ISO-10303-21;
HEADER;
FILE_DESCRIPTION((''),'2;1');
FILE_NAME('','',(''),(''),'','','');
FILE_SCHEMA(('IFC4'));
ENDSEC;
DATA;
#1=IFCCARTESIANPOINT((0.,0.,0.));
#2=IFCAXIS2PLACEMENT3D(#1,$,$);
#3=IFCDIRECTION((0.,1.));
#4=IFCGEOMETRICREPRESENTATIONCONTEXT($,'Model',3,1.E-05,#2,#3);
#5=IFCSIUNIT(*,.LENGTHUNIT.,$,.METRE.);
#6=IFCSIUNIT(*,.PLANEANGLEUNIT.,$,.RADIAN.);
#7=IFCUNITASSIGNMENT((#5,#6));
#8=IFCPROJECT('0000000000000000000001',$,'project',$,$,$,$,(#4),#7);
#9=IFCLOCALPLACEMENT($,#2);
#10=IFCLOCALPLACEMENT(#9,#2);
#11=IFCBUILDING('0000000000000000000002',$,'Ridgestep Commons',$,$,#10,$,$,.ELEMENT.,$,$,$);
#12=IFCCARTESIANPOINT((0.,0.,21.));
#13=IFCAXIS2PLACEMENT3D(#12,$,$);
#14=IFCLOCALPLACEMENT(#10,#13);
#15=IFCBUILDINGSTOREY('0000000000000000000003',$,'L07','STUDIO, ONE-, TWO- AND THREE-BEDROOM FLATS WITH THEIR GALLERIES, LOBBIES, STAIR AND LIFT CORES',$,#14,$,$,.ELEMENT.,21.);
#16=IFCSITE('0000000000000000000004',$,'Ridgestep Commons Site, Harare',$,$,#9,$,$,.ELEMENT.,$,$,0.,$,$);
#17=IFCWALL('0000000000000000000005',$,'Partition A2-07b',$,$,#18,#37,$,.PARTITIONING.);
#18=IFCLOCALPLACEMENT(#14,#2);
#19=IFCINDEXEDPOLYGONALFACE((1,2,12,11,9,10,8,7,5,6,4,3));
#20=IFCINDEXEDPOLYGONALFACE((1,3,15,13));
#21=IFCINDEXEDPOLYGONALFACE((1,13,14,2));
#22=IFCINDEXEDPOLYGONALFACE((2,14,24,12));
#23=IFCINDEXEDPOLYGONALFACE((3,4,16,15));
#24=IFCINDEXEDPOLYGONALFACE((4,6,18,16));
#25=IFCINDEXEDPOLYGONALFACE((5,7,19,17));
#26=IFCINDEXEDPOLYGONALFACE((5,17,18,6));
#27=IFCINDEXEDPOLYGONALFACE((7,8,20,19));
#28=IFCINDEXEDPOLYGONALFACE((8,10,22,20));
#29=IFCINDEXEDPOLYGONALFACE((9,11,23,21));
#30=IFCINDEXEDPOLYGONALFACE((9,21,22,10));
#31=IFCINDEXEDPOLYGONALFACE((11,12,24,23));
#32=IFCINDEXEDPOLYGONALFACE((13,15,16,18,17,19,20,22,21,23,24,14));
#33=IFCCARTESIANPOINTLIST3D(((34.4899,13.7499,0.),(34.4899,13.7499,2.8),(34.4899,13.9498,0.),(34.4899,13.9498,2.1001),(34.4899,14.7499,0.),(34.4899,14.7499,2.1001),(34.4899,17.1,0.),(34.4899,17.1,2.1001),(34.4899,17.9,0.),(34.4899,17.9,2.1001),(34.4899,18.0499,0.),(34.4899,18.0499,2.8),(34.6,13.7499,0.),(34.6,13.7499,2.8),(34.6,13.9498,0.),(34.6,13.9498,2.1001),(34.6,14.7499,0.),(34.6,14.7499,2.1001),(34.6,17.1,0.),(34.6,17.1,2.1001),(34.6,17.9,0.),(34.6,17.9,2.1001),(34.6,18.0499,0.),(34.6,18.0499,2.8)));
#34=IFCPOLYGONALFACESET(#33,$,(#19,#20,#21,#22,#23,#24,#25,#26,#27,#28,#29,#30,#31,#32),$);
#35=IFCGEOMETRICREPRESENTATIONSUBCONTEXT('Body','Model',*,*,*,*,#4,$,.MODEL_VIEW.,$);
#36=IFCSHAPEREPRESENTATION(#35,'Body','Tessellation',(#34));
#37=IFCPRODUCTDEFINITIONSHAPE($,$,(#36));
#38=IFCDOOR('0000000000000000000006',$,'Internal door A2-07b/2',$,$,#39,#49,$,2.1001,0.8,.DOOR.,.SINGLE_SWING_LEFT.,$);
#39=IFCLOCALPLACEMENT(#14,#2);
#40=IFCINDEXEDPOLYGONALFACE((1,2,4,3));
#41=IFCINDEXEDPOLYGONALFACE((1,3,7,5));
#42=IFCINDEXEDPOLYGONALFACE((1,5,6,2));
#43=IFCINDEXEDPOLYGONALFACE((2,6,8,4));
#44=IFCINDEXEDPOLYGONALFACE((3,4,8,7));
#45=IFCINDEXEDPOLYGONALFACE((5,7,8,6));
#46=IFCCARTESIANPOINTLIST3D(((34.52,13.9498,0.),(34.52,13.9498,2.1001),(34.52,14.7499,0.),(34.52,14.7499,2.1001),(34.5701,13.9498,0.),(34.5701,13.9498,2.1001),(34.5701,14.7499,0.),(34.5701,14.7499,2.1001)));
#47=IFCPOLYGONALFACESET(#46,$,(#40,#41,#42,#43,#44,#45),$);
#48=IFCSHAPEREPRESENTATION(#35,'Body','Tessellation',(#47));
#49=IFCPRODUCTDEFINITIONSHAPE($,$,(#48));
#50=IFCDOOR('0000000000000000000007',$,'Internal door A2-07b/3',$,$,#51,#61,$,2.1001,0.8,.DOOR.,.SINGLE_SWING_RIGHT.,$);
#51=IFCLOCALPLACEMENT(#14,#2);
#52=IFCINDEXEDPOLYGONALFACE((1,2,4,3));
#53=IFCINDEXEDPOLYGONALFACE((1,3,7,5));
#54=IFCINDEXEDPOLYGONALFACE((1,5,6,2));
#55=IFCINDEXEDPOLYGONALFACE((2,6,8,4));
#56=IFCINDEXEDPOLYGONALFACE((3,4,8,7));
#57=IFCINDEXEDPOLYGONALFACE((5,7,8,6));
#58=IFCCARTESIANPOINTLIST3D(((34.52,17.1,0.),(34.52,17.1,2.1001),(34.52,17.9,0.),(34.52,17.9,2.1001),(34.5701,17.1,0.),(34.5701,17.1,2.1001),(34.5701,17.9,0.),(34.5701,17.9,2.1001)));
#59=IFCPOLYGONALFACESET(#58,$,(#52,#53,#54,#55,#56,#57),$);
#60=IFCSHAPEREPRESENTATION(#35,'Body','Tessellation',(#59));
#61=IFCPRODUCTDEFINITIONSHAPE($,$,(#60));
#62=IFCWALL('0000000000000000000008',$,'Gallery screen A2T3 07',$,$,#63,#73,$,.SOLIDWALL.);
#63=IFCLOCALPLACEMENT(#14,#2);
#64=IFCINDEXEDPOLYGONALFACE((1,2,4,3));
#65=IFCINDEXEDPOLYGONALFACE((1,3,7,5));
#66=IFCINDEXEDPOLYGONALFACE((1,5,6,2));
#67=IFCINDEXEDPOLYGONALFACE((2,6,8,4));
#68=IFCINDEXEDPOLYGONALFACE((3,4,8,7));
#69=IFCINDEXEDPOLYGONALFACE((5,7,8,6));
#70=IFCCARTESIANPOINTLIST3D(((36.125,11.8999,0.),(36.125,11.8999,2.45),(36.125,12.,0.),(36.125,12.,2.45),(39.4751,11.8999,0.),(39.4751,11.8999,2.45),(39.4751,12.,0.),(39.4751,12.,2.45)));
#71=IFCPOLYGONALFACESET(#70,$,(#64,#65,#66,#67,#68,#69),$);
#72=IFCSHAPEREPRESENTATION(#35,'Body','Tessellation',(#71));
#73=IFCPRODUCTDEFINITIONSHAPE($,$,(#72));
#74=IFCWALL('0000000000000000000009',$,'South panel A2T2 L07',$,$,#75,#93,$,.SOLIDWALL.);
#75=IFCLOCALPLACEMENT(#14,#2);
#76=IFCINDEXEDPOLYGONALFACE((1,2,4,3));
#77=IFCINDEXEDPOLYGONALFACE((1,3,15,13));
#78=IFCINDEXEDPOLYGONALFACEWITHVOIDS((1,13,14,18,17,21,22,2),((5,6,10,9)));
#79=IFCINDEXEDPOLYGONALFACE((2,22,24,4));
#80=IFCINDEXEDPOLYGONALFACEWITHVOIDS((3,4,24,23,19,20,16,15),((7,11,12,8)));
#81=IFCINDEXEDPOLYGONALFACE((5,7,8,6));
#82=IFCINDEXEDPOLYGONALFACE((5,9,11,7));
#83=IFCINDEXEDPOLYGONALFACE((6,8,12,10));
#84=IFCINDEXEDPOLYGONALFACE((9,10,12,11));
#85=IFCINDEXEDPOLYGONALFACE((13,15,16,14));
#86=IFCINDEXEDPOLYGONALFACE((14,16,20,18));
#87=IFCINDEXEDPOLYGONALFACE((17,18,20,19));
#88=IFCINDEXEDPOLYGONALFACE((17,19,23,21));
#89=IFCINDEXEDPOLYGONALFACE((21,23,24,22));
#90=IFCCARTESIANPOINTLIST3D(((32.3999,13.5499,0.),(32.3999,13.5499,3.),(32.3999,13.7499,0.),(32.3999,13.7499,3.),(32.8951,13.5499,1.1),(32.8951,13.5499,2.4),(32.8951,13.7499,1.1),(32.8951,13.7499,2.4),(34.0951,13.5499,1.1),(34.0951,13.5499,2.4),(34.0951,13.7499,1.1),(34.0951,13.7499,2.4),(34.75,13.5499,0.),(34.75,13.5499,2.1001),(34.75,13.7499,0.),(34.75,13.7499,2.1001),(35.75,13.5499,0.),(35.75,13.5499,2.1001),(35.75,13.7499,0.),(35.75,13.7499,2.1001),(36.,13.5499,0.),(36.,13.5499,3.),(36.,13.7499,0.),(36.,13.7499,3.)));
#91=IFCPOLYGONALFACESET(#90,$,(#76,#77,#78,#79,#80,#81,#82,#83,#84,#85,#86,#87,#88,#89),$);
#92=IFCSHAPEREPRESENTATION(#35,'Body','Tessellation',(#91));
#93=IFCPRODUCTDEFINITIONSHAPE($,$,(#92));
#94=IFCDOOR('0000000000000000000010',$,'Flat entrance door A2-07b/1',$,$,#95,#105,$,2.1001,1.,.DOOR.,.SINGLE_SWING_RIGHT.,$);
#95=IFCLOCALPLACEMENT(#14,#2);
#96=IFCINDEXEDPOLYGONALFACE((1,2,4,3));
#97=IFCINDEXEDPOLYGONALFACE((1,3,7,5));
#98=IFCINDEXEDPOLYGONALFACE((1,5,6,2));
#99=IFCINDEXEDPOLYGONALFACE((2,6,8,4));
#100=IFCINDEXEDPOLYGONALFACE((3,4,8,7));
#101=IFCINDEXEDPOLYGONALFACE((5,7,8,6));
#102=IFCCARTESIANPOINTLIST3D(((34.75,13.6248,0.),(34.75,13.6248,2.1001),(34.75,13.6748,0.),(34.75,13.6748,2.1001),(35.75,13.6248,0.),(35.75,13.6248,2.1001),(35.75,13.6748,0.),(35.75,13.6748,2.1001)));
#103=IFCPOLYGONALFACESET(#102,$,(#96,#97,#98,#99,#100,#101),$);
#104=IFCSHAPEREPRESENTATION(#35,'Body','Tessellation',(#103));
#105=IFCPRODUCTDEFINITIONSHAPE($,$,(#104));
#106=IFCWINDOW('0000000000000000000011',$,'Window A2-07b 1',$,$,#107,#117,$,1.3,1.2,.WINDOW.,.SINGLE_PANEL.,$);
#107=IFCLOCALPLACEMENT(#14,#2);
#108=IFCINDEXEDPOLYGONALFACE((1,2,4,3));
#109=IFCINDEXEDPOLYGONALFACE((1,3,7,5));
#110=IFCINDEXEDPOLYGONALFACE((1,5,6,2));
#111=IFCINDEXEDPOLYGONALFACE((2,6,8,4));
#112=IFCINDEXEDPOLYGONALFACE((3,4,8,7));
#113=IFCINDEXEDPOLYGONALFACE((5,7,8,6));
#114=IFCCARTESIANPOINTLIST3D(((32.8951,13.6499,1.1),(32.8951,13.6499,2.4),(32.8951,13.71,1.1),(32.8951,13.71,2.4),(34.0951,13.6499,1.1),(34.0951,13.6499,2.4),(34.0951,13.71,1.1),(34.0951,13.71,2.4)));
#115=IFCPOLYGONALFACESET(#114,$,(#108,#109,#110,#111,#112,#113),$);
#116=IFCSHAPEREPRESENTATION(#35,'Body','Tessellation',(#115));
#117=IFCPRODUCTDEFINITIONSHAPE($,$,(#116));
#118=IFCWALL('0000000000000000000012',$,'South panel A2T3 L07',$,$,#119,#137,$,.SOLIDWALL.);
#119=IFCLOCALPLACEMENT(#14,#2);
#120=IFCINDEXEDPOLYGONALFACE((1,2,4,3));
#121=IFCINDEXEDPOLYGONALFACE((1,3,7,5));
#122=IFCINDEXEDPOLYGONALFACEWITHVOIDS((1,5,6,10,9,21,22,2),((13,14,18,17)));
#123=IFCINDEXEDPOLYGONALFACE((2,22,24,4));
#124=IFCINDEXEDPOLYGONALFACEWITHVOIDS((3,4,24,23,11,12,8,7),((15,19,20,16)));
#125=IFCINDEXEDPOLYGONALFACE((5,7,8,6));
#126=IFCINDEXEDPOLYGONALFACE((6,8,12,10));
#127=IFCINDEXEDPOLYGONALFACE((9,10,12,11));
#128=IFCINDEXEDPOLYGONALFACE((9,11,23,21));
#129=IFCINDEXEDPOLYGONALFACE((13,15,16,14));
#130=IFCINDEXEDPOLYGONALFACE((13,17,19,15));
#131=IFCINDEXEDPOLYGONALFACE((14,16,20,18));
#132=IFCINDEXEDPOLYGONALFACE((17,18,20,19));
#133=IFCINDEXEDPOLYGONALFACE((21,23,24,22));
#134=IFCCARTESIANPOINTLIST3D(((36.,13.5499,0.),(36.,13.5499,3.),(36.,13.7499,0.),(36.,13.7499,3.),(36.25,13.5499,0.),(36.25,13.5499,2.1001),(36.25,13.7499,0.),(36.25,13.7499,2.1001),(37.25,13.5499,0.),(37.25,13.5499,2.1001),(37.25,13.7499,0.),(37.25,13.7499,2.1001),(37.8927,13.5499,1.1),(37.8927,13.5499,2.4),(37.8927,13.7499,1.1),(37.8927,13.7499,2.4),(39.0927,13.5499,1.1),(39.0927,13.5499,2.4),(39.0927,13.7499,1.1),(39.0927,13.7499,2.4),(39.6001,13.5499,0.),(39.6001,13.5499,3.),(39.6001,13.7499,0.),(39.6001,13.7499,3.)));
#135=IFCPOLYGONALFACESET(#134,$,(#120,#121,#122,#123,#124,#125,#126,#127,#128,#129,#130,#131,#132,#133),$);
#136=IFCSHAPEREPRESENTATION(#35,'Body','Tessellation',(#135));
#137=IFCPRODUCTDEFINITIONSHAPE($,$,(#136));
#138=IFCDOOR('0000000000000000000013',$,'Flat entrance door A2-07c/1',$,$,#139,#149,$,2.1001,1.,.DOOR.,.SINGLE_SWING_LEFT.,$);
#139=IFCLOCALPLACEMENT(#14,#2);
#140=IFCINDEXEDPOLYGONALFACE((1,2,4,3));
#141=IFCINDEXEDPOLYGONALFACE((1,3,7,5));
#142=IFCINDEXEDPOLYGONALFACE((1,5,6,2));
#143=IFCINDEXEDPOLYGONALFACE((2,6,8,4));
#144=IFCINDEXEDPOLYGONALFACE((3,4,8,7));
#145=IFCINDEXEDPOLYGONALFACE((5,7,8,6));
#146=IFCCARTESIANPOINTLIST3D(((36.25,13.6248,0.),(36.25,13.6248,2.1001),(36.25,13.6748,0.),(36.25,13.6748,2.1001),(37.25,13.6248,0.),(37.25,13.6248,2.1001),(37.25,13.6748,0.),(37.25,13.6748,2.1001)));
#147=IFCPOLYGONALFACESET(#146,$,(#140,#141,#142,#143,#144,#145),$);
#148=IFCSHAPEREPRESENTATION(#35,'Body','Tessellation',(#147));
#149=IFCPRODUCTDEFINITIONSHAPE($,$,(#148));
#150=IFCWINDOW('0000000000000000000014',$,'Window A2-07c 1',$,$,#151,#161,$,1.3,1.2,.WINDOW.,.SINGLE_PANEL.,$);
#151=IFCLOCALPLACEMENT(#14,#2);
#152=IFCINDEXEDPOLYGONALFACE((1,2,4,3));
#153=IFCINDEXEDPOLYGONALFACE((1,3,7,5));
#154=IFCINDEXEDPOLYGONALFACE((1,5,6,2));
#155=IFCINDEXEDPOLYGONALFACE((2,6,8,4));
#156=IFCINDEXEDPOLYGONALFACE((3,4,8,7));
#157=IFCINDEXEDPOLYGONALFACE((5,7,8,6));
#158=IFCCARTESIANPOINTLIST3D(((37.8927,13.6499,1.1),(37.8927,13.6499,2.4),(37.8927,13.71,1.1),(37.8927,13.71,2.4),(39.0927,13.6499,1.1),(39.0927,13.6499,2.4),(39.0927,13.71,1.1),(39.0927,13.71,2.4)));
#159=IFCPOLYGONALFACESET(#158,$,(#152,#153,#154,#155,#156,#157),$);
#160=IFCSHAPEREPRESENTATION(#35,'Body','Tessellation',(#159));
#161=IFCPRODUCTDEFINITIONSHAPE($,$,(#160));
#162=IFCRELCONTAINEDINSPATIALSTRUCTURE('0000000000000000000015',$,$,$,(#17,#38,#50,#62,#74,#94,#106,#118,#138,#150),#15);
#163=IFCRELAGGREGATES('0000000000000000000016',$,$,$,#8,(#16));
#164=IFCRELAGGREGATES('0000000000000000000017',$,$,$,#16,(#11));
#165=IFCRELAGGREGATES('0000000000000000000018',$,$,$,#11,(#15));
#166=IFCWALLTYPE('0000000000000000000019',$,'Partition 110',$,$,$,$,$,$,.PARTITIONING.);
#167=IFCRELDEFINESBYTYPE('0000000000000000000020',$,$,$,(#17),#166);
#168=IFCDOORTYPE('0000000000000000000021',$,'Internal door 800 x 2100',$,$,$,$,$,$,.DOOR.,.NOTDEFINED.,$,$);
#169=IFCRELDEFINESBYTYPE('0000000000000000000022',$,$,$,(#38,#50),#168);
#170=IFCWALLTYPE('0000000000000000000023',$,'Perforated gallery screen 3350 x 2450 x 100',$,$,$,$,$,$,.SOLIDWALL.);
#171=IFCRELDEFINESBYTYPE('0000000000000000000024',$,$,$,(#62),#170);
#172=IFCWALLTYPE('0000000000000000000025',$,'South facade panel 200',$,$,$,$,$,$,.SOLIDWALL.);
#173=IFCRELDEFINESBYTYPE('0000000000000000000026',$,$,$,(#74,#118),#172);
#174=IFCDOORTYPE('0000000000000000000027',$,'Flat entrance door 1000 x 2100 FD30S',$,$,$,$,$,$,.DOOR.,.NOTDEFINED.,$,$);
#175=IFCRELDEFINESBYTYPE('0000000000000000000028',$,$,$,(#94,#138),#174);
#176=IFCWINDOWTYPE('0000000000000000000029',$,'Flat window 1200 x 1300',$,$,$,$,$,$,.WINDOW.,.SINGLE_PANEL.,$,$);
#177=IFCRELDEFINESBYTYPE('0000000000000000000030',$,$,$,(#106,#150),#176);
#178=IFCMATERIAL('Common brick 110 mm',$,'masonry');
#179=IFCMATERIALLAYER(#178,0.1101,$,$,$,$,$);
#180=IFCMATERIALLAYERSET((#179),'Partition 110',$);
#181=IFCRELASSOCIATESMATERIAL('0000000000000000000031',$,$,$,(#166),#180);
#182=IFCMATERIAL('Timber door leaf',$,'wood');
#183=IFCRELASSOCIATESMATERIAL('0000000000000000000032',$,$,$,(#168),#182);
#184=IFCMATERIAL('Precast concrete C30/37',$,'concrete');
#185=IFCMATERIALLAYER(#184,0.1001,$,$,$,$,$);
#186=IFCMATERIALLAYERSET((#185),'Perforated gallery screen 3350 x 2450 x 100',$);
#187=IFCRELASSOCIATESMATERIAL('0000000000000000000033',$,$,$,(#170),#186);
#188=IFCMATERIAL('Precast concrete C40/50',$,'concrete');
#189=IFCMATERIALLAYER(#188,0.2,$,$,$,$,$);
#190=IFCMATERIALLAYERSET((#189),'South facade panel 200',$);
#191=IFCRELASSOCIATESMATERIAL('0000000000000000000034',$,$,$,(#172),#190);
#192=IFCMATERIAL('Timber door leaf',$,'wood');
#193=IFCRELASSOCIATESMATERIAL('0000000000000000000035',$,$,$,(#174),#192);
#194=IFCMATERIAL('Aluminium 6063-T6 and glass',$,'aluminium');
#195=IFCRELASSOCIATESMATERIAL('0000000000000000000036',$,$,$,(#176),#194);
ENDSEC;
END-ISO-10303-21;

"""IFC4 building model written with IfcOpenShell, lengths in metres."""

from ifc_helpers import new_model, si_unit, direction, frame, frame_2d, origin, place, context, subcontext, project, spatial, rectangle, extrude, material, layer, layer_set, type_object, element, fill, save


model = new_model("IFC4")

# Units and contexts
model_context = context("Model", 3, precision=1e-05, world=origin(), true_north=direction((0.0, 1.0)))
body_context = subcontext(model_context, "Body", "Model", "MODEL_VIEW")
ifc_project = project(units=[si_unit("LENGTHUNIT", "METRE"), si_unit("PLANEANGLEUNIT", "RADIAN")], contexts=[model_context])

# Site, building, storey
site_placement = place(None, origin())
site = spatial("IfcSite", under=ifc_project, at=site_placement, Name="Ridgestep Commons Site, Harare", CompositionType="ELEMENT", RefElevation=0.0)
building_placement = place(site_placement, origin())
building = spatial("IfcBuilding", under=site, at=building_placement, Name="Ridgestep Commons", CompositionType="ELEMENT")
storey_placement = place(building_placement, frame((0.0, 0.0, 21.0)))
storey = spatial("IfcBuildingStorey", under=building, at=storey_placement, Name="L07", Description="STUDIO, ONE-, TWO- AND THREE-BEDROOM FLATS WITH THEIR GALLERIES, LOBBIES, STAIR AND LIFT CORES", CompositionType="ELEMENT", Elevation=21.0)

# Wall, openings, doors
ifc_material_1 = material(Name="Common brick 110 mm", Category="masonry")
ifc_layer_1 = layer(ifc_material_1, 0.1101)
ifc_layer_set_1 = layer_set([ifc_layer_1], Name="Partition 110")
wall_type_1 = type_object("IfcWallType", Name="Partition 110", PredefinedType="PARTITIONING", material=ifc_layer_set_1)
ifc_material_2 = material(Name="Timber door leaf", Category="wood")
door_type_1 = type_object("IfcDoorType", Name="Internal door 800 x 2100", OperationType="NOTDEFINED", PredefinedType="DOOR", material=ifc_material_2)
wall_1_placement = place(storey_placement, frame((34.5449, 13.75, 0.0), z_axis=(0.0, 0.0, 1.0), x_axis=(0.0, 1.0, 0.0)))
wall_1 = element("IfcWall", 1, at=wall_1_placement, inside=storey, type_object=wall_type_1, Name="Partition A2-07b", PredefinedType="PARTITIONING", context=body_context, shape_type="SweptSolid", body=[
    extrude(rectangle(XDim=4.3, YDim=0.1101, at=frame_2d((2.1499, 0.0))), origin(), (0.0, 0.0, 1.0), 2.8),
])
opening_1_placement = place(wall_1_placement, frame((0.2, 0.0, 0.0)))
opening_1 = element("IfcOpeningElement", 2, at=opening_1_placement, cuts=wall_1, PredefinedType="OPENING", context=body_context, shape_type="SweptSolid", body=[
    extrude(rectangle(XDim=0.8, YDim=2.1001, at=frame_2d((0.3999, 1.05))), frame((0.0, 0.0649, 0.0), z_axis=(0.0, -1.0, 0.0), x_axis=(1.0, 0.0, 0.0)), (0.0, 0.0, 1.0), 0.1301),
])
opening_2_placement = place(wall_1_placement, frame((3.3501, 0.0, 0.0)))
opening_2 = element("IfcOpeningElement", 3, at=opening_2_placement, cuts=wall_1, PredefinedType="OPENING", context=body_context, shape_type="SweptSolid", body=[
    extrude(rectangle(XDim=0.8, YDim=2.1001, at=frame_2d((0.3999, 1.05))), frame((0.0, 0.0649, 0.0), z_axis=(0.0, -1.0, 0.0), x_axis=(1.0, 0.0, 0.0)), (0.0, 0.0, 1.0), 0.1301),
])
door_1_placement = place(opening_1_placement, origin())
door_1 = element("IfcDoor", 4, at=door_1_placement, inside=storey, type_object=door_type_1, Name="Internal door A2-07b/2", OperationType="SINGLE_SWING_LEFT", OverallHeight=2.1001, OverallWidth=0.8, PredefinedType="DOOR", context=body_context, shape_type="SweptSolid", body=[
    extrude(rectangle(XDim=0.8, YDim=2.1001, at=frame_2d((0.3999, 1.05))), frame((0.0, 0.0249, 0.0), z_axis=(0.0, -1.0, 0.0), x_axis=(1.0, 0.0, 0.0)), (0.0, 0.0, 1.0), 0.05),
])
fill(opening_1, door_1)
door_2_placement = place(opening_2_placement, origin())
door_2 = element("IfcDoor", 5, at=door_2_placement, inside=storey, type_object=door_type_1, Name="Internal door A2-07b/3", OperationType="SINGLE_SWING_RIGHT", OverallHeight=2.1001, OverallWidth=0.8, PredefinedType="DOOR", context=body_context, shape_type="SweptSolid", body=[
    extrude(rectangle(XDim=0.8, YDim=2.1001, at=frame_2d((0.3999, 1.05))), frame((0.0, 0.0249, 0.0), z_axis=(0.0, -1.0, 0.0), x_axis=(1.0, 0.0, 0.0)), (0.0, 0.0, 1.0), 0.05),
])
fill(opening_2, door_2)

# Wall
ifc_material_3 = material(Name="Precast concrete C30/37", Category="concrete")
ifc_layer_2 = layer(ifc_material_3, 0.1001)
ifc_layer_set_2 = layer_set([ifc_layer_2], Name="Perforated gallery screen 3350 x 2450 x 100")
wall_type_2 = type_object("IfcWallType", Name="Perforated gallery screen 3350 x 2450 x 100", PredefinedType="SOLIDWALL", material=ifc_layer_set_2)
wall_2_placement = place(storey_placement, frame((36.125, 11.95, 0.0), z_axis=(0.0, 0.0, 1.0), x_axis=(1.0, 0.0, 0.0)))
element("IfcWall", 6, at=wall_2_placement, inside=storey, type_object=wall_type_2, Name="Gallery screen A2T3 07", PredefinedType="SOLIDWALL", context=body_context, shape_type="SweptSolid", body=[
    extrude(rectangle(XDim=3.3501, YDim=0.1001, at=frame_2d((1.675, 0.0))), origin(), (0.0, 0.0, 1.0), 2.45),
])

# Walls, openings, doors, windows
ifc_material_4 = material(Name="Precast concrete C40/50", Category="concrete")
ifc_layer_3 = layer(ifc_material_4, 0.2)
ifc_layer_set_3 = layer_set([ifc_layer_3], Name="South facade panel 200")
wall_type_3 = type_object("IfcWallType", Name="South facade panel 200", PredefinedType="SOLIDWALL", material=ifc_layer_set_3)
wall_3_placement = place(storey_placement, frame((32.3999, 13.6499, 0.0), z_axis=(0.0, 0.0, 1.0), x_axis=(1.0, 0.0, 0.0)))
wall_3 = element("IfcWall", 7, at=wall_3_placement, inside=storey, type_object=wall_type_3, Name="South panel A2T2 L07", PredefinedType="SOLIDWALL", context=body_context, shape_type="SweptSolid", body=[
    extrude(rectangle(XDim=3.6001, YDim=0.2, at=frame_2d((1.8, 0.0))), origin(), (0.0, 0.0, 1.0), 3.0),
])
opening_3_placement = place(wall_3_placement, frame((0.4951, 0.0, 1.1001)))
opening_3 = element("IfcOpeningElement", 8, at=opening_3_placement, cuts=wall_3, PredefinedType="OPENING", context=body_context, shape_type="SweptSolid", body=[
    extrude(rectangle(XDim=1.2, YDim=1.3, at=frame_2d((0.6001, 0.6499))), frame((0.0, 0.1099, 0.0), z_axis=(0.0, -1.0, 0.0), x_axis=(1.0, 0.0, 0.0)), (0.0, 0.0, 1.0), 0.22),
])
opening_4_placement = place(wall_3_placement, frame((2.3501, 0.0, 0.0)))
opening_4 = element("IfcOpeningElement", 9, at=opening_4_placement, cuts=wall_3, PredefinedType="OPENING", context=body_context, shape_type="SweptSolid", body=[
    extrude(rectangle(XDim=1.0, YDim=2.1001, at=frame_2d((0.5, 1.05))), frame((0.0, 0.1099, 0.0), z_axis=(0.0, -1.0, 0.0), x_axis=(1.0, 0.0, 0.0)), (0.0, 0.0, 1.0), 0.22),
])
ifc_material_5 = material(Name="Timber door leaf", Category="wood")
door_type_2 = type_object("IfcDoorType", Name="Flat entrance door 1000 x 2100 FD30S", OperationType="NOTDEFINED", PredefinedType="DOOR", material=ifc_material_5)
door_3_placement = place(opening_4_placement, origin())
door_3 = element("IfcDoor", 10, at=door_3_placement, inside=storey, type_object=door_type_2, Name="Flat entrance door A2-07b/1", OperationType="SINGLE_SWING_RIGHT", OverallHeight=2.1001, OverallWidth=1.0, PredefinedType="DOOR", context=body_context, shape_type="SweptSolid", body=[
    extrude(rectangle(XDim=1.0, YDim=2.1001, at=frame_2d((0.5, 1.05))), frame((0.0, 0.0249, 0.0), z_axis=(0.0, -1.0, 0.0), x_axis=(1.0, 0.0, 0.0)), (0.0, 0.0, 1.0), 0.05),
])
fill(opening_4, door_3)
ifc_material_6 = material(Name="Aluminium 6063-T6 and glass", Category="aluminium")
window_type = type_object("IfcWindowType", Name="Flat window 1200 x 1300", PartitioningType="SINGLE_PANEL", PredefinedType="WINDOW", material=ifc_material_6)
window_1_placement = place(opening_3_placement, origin())
window_1 = element("IfcWindow", 11, at=window_1_placement, inside=storey, type_object=window_type, Name="Window A2-07b 1", OverallHeight=1.3, OverallWidth=1.2, PartitioningType="SINGLE_PANEL", PredefinedType="WINDOW", context=body_context, shape_type="SweptSolid", body=[
    extrude(rectangle(XDim=1.2, YDim=1.3, at=frame_2d((0.6001, 0.6499))), frame((0.0, 0.0601, 0.0), z_axis=(0.0, -1.0, 0.0), x_axis=(1.0, 0.0, 0.0)), (0.0, 0.0, 1.0), 0.0601),
])
fill(opening_3, window_1)
wall_4_placement = place(storey_placement, frame((36.0, 13.6499, 0.0), z_axis=(0.0, 0.0, 1.0), x_axis=(1.0, 0.0, 0.0)))
wall_4 = element("IfcWall", 12, at=wall_4_placement, inside=storey, type_object=wall_type_3, Name="South panel A2T3 L07", PredefinedType="SOLIDWALL", context=body_context, shape_type="SweptSolid", body=[
    extrude(rectangle(XDim=3.6001, YDim=0.2, at=frame_2d((1.8, 0.0))), origin(), (0.0, 0.0, 1.0), 3.0),
])
opening_5_placement = place(wall_4_placement, frame((1.8926, 0.0, 1.1001)))
opening_5 = element("IfcOpeningElement", 13, at=opening_5_placement, cuts=wall_4, PredefinedType="OPENING", context=body_context, shape_type="SweptSolid", body=[
    extrude(rectangle(XDim=1.2, YDim=1.3, at=frame_2d((0.6001, 0.6499))), frame((0.0, 0.1099, 0.0), z_axis=(0.0, -1.0, 0.0), x_axis=(1.0, 0.0, 0.0)), (0.0, 0.0, 1.0), 0.22),
])
opening_6_placement = place(wall_4_placement, frame((0.25, 0.0, 0.0)))
opening_6 = element("IfcOpeningElement", 14, at=opening_6_placement, cuts=wall_4, PredefinedType="OPENING", context=body_context, shape_type="SweptSolid", body=[
    extrude(rectangle(XDim=1.0, YDim=2.1001, at=frame_2d((0.5, 1.05))), frame((0.0, 0.1099, 0.0), z_axis=(0.0, -1.0, 0.0), x_axis=(1.0, 0.0, 0.0)), (0.0, 0.0, 1.0), 0.22),
])
door_4_placement = place(opening_6_placement, origin())
door_4 = element("IfcDoor", 15, at=door_4_placement, inside=storey, type_object=door_type_2, Name="Flat entrance door A2-07c/1", OperationType="SINGLE_SWING_LEFT", OverallHeight=2.1001, OverallWidth=1.0, PredefinedType="DOOR", context=body_context, shape_type="SweptSolid", body=[
    extrude(rectangle(XDim=1.0, YDim=2.1001, at=frame_2d((0.5, 1.05))), frame((0.0, 0.0249, 0.0), z_axis=(0.0, -1.0, 0.0), x_axis=(1.0, 0.0, 0.0)), (0.0, 0.0, 1.0), 0.05),
])
fill(opening_6, door_4)
window_2_placement = place(opening_5_placement, origin())
window_2 = element("IfcWindow", 16, at=window_2_placement, inside=storey, type_object=window_type, Name="Window A2-07c 1", OverallHeight=1.3, OverallWidth=1.2, PartitioningType="SINGLE_PANEL", PredefinedType="WINDOW", context=body_context, shape_type="SweptSolid", body=[
    extrude(rectangle(XDim=1.2, YDim=1.3, at=frame_2d((0.6001, 0.6499))), frame((0.0, 0.0601, 0.0), z_axis=(0.0, -1.0, 0.0), x_axis=(1.0, 0.0, 0.0)), (0.0, 0.0, 1.0), 0.0601),
])
fill(opening_5, window_2)

save(model, "model.ifc")
